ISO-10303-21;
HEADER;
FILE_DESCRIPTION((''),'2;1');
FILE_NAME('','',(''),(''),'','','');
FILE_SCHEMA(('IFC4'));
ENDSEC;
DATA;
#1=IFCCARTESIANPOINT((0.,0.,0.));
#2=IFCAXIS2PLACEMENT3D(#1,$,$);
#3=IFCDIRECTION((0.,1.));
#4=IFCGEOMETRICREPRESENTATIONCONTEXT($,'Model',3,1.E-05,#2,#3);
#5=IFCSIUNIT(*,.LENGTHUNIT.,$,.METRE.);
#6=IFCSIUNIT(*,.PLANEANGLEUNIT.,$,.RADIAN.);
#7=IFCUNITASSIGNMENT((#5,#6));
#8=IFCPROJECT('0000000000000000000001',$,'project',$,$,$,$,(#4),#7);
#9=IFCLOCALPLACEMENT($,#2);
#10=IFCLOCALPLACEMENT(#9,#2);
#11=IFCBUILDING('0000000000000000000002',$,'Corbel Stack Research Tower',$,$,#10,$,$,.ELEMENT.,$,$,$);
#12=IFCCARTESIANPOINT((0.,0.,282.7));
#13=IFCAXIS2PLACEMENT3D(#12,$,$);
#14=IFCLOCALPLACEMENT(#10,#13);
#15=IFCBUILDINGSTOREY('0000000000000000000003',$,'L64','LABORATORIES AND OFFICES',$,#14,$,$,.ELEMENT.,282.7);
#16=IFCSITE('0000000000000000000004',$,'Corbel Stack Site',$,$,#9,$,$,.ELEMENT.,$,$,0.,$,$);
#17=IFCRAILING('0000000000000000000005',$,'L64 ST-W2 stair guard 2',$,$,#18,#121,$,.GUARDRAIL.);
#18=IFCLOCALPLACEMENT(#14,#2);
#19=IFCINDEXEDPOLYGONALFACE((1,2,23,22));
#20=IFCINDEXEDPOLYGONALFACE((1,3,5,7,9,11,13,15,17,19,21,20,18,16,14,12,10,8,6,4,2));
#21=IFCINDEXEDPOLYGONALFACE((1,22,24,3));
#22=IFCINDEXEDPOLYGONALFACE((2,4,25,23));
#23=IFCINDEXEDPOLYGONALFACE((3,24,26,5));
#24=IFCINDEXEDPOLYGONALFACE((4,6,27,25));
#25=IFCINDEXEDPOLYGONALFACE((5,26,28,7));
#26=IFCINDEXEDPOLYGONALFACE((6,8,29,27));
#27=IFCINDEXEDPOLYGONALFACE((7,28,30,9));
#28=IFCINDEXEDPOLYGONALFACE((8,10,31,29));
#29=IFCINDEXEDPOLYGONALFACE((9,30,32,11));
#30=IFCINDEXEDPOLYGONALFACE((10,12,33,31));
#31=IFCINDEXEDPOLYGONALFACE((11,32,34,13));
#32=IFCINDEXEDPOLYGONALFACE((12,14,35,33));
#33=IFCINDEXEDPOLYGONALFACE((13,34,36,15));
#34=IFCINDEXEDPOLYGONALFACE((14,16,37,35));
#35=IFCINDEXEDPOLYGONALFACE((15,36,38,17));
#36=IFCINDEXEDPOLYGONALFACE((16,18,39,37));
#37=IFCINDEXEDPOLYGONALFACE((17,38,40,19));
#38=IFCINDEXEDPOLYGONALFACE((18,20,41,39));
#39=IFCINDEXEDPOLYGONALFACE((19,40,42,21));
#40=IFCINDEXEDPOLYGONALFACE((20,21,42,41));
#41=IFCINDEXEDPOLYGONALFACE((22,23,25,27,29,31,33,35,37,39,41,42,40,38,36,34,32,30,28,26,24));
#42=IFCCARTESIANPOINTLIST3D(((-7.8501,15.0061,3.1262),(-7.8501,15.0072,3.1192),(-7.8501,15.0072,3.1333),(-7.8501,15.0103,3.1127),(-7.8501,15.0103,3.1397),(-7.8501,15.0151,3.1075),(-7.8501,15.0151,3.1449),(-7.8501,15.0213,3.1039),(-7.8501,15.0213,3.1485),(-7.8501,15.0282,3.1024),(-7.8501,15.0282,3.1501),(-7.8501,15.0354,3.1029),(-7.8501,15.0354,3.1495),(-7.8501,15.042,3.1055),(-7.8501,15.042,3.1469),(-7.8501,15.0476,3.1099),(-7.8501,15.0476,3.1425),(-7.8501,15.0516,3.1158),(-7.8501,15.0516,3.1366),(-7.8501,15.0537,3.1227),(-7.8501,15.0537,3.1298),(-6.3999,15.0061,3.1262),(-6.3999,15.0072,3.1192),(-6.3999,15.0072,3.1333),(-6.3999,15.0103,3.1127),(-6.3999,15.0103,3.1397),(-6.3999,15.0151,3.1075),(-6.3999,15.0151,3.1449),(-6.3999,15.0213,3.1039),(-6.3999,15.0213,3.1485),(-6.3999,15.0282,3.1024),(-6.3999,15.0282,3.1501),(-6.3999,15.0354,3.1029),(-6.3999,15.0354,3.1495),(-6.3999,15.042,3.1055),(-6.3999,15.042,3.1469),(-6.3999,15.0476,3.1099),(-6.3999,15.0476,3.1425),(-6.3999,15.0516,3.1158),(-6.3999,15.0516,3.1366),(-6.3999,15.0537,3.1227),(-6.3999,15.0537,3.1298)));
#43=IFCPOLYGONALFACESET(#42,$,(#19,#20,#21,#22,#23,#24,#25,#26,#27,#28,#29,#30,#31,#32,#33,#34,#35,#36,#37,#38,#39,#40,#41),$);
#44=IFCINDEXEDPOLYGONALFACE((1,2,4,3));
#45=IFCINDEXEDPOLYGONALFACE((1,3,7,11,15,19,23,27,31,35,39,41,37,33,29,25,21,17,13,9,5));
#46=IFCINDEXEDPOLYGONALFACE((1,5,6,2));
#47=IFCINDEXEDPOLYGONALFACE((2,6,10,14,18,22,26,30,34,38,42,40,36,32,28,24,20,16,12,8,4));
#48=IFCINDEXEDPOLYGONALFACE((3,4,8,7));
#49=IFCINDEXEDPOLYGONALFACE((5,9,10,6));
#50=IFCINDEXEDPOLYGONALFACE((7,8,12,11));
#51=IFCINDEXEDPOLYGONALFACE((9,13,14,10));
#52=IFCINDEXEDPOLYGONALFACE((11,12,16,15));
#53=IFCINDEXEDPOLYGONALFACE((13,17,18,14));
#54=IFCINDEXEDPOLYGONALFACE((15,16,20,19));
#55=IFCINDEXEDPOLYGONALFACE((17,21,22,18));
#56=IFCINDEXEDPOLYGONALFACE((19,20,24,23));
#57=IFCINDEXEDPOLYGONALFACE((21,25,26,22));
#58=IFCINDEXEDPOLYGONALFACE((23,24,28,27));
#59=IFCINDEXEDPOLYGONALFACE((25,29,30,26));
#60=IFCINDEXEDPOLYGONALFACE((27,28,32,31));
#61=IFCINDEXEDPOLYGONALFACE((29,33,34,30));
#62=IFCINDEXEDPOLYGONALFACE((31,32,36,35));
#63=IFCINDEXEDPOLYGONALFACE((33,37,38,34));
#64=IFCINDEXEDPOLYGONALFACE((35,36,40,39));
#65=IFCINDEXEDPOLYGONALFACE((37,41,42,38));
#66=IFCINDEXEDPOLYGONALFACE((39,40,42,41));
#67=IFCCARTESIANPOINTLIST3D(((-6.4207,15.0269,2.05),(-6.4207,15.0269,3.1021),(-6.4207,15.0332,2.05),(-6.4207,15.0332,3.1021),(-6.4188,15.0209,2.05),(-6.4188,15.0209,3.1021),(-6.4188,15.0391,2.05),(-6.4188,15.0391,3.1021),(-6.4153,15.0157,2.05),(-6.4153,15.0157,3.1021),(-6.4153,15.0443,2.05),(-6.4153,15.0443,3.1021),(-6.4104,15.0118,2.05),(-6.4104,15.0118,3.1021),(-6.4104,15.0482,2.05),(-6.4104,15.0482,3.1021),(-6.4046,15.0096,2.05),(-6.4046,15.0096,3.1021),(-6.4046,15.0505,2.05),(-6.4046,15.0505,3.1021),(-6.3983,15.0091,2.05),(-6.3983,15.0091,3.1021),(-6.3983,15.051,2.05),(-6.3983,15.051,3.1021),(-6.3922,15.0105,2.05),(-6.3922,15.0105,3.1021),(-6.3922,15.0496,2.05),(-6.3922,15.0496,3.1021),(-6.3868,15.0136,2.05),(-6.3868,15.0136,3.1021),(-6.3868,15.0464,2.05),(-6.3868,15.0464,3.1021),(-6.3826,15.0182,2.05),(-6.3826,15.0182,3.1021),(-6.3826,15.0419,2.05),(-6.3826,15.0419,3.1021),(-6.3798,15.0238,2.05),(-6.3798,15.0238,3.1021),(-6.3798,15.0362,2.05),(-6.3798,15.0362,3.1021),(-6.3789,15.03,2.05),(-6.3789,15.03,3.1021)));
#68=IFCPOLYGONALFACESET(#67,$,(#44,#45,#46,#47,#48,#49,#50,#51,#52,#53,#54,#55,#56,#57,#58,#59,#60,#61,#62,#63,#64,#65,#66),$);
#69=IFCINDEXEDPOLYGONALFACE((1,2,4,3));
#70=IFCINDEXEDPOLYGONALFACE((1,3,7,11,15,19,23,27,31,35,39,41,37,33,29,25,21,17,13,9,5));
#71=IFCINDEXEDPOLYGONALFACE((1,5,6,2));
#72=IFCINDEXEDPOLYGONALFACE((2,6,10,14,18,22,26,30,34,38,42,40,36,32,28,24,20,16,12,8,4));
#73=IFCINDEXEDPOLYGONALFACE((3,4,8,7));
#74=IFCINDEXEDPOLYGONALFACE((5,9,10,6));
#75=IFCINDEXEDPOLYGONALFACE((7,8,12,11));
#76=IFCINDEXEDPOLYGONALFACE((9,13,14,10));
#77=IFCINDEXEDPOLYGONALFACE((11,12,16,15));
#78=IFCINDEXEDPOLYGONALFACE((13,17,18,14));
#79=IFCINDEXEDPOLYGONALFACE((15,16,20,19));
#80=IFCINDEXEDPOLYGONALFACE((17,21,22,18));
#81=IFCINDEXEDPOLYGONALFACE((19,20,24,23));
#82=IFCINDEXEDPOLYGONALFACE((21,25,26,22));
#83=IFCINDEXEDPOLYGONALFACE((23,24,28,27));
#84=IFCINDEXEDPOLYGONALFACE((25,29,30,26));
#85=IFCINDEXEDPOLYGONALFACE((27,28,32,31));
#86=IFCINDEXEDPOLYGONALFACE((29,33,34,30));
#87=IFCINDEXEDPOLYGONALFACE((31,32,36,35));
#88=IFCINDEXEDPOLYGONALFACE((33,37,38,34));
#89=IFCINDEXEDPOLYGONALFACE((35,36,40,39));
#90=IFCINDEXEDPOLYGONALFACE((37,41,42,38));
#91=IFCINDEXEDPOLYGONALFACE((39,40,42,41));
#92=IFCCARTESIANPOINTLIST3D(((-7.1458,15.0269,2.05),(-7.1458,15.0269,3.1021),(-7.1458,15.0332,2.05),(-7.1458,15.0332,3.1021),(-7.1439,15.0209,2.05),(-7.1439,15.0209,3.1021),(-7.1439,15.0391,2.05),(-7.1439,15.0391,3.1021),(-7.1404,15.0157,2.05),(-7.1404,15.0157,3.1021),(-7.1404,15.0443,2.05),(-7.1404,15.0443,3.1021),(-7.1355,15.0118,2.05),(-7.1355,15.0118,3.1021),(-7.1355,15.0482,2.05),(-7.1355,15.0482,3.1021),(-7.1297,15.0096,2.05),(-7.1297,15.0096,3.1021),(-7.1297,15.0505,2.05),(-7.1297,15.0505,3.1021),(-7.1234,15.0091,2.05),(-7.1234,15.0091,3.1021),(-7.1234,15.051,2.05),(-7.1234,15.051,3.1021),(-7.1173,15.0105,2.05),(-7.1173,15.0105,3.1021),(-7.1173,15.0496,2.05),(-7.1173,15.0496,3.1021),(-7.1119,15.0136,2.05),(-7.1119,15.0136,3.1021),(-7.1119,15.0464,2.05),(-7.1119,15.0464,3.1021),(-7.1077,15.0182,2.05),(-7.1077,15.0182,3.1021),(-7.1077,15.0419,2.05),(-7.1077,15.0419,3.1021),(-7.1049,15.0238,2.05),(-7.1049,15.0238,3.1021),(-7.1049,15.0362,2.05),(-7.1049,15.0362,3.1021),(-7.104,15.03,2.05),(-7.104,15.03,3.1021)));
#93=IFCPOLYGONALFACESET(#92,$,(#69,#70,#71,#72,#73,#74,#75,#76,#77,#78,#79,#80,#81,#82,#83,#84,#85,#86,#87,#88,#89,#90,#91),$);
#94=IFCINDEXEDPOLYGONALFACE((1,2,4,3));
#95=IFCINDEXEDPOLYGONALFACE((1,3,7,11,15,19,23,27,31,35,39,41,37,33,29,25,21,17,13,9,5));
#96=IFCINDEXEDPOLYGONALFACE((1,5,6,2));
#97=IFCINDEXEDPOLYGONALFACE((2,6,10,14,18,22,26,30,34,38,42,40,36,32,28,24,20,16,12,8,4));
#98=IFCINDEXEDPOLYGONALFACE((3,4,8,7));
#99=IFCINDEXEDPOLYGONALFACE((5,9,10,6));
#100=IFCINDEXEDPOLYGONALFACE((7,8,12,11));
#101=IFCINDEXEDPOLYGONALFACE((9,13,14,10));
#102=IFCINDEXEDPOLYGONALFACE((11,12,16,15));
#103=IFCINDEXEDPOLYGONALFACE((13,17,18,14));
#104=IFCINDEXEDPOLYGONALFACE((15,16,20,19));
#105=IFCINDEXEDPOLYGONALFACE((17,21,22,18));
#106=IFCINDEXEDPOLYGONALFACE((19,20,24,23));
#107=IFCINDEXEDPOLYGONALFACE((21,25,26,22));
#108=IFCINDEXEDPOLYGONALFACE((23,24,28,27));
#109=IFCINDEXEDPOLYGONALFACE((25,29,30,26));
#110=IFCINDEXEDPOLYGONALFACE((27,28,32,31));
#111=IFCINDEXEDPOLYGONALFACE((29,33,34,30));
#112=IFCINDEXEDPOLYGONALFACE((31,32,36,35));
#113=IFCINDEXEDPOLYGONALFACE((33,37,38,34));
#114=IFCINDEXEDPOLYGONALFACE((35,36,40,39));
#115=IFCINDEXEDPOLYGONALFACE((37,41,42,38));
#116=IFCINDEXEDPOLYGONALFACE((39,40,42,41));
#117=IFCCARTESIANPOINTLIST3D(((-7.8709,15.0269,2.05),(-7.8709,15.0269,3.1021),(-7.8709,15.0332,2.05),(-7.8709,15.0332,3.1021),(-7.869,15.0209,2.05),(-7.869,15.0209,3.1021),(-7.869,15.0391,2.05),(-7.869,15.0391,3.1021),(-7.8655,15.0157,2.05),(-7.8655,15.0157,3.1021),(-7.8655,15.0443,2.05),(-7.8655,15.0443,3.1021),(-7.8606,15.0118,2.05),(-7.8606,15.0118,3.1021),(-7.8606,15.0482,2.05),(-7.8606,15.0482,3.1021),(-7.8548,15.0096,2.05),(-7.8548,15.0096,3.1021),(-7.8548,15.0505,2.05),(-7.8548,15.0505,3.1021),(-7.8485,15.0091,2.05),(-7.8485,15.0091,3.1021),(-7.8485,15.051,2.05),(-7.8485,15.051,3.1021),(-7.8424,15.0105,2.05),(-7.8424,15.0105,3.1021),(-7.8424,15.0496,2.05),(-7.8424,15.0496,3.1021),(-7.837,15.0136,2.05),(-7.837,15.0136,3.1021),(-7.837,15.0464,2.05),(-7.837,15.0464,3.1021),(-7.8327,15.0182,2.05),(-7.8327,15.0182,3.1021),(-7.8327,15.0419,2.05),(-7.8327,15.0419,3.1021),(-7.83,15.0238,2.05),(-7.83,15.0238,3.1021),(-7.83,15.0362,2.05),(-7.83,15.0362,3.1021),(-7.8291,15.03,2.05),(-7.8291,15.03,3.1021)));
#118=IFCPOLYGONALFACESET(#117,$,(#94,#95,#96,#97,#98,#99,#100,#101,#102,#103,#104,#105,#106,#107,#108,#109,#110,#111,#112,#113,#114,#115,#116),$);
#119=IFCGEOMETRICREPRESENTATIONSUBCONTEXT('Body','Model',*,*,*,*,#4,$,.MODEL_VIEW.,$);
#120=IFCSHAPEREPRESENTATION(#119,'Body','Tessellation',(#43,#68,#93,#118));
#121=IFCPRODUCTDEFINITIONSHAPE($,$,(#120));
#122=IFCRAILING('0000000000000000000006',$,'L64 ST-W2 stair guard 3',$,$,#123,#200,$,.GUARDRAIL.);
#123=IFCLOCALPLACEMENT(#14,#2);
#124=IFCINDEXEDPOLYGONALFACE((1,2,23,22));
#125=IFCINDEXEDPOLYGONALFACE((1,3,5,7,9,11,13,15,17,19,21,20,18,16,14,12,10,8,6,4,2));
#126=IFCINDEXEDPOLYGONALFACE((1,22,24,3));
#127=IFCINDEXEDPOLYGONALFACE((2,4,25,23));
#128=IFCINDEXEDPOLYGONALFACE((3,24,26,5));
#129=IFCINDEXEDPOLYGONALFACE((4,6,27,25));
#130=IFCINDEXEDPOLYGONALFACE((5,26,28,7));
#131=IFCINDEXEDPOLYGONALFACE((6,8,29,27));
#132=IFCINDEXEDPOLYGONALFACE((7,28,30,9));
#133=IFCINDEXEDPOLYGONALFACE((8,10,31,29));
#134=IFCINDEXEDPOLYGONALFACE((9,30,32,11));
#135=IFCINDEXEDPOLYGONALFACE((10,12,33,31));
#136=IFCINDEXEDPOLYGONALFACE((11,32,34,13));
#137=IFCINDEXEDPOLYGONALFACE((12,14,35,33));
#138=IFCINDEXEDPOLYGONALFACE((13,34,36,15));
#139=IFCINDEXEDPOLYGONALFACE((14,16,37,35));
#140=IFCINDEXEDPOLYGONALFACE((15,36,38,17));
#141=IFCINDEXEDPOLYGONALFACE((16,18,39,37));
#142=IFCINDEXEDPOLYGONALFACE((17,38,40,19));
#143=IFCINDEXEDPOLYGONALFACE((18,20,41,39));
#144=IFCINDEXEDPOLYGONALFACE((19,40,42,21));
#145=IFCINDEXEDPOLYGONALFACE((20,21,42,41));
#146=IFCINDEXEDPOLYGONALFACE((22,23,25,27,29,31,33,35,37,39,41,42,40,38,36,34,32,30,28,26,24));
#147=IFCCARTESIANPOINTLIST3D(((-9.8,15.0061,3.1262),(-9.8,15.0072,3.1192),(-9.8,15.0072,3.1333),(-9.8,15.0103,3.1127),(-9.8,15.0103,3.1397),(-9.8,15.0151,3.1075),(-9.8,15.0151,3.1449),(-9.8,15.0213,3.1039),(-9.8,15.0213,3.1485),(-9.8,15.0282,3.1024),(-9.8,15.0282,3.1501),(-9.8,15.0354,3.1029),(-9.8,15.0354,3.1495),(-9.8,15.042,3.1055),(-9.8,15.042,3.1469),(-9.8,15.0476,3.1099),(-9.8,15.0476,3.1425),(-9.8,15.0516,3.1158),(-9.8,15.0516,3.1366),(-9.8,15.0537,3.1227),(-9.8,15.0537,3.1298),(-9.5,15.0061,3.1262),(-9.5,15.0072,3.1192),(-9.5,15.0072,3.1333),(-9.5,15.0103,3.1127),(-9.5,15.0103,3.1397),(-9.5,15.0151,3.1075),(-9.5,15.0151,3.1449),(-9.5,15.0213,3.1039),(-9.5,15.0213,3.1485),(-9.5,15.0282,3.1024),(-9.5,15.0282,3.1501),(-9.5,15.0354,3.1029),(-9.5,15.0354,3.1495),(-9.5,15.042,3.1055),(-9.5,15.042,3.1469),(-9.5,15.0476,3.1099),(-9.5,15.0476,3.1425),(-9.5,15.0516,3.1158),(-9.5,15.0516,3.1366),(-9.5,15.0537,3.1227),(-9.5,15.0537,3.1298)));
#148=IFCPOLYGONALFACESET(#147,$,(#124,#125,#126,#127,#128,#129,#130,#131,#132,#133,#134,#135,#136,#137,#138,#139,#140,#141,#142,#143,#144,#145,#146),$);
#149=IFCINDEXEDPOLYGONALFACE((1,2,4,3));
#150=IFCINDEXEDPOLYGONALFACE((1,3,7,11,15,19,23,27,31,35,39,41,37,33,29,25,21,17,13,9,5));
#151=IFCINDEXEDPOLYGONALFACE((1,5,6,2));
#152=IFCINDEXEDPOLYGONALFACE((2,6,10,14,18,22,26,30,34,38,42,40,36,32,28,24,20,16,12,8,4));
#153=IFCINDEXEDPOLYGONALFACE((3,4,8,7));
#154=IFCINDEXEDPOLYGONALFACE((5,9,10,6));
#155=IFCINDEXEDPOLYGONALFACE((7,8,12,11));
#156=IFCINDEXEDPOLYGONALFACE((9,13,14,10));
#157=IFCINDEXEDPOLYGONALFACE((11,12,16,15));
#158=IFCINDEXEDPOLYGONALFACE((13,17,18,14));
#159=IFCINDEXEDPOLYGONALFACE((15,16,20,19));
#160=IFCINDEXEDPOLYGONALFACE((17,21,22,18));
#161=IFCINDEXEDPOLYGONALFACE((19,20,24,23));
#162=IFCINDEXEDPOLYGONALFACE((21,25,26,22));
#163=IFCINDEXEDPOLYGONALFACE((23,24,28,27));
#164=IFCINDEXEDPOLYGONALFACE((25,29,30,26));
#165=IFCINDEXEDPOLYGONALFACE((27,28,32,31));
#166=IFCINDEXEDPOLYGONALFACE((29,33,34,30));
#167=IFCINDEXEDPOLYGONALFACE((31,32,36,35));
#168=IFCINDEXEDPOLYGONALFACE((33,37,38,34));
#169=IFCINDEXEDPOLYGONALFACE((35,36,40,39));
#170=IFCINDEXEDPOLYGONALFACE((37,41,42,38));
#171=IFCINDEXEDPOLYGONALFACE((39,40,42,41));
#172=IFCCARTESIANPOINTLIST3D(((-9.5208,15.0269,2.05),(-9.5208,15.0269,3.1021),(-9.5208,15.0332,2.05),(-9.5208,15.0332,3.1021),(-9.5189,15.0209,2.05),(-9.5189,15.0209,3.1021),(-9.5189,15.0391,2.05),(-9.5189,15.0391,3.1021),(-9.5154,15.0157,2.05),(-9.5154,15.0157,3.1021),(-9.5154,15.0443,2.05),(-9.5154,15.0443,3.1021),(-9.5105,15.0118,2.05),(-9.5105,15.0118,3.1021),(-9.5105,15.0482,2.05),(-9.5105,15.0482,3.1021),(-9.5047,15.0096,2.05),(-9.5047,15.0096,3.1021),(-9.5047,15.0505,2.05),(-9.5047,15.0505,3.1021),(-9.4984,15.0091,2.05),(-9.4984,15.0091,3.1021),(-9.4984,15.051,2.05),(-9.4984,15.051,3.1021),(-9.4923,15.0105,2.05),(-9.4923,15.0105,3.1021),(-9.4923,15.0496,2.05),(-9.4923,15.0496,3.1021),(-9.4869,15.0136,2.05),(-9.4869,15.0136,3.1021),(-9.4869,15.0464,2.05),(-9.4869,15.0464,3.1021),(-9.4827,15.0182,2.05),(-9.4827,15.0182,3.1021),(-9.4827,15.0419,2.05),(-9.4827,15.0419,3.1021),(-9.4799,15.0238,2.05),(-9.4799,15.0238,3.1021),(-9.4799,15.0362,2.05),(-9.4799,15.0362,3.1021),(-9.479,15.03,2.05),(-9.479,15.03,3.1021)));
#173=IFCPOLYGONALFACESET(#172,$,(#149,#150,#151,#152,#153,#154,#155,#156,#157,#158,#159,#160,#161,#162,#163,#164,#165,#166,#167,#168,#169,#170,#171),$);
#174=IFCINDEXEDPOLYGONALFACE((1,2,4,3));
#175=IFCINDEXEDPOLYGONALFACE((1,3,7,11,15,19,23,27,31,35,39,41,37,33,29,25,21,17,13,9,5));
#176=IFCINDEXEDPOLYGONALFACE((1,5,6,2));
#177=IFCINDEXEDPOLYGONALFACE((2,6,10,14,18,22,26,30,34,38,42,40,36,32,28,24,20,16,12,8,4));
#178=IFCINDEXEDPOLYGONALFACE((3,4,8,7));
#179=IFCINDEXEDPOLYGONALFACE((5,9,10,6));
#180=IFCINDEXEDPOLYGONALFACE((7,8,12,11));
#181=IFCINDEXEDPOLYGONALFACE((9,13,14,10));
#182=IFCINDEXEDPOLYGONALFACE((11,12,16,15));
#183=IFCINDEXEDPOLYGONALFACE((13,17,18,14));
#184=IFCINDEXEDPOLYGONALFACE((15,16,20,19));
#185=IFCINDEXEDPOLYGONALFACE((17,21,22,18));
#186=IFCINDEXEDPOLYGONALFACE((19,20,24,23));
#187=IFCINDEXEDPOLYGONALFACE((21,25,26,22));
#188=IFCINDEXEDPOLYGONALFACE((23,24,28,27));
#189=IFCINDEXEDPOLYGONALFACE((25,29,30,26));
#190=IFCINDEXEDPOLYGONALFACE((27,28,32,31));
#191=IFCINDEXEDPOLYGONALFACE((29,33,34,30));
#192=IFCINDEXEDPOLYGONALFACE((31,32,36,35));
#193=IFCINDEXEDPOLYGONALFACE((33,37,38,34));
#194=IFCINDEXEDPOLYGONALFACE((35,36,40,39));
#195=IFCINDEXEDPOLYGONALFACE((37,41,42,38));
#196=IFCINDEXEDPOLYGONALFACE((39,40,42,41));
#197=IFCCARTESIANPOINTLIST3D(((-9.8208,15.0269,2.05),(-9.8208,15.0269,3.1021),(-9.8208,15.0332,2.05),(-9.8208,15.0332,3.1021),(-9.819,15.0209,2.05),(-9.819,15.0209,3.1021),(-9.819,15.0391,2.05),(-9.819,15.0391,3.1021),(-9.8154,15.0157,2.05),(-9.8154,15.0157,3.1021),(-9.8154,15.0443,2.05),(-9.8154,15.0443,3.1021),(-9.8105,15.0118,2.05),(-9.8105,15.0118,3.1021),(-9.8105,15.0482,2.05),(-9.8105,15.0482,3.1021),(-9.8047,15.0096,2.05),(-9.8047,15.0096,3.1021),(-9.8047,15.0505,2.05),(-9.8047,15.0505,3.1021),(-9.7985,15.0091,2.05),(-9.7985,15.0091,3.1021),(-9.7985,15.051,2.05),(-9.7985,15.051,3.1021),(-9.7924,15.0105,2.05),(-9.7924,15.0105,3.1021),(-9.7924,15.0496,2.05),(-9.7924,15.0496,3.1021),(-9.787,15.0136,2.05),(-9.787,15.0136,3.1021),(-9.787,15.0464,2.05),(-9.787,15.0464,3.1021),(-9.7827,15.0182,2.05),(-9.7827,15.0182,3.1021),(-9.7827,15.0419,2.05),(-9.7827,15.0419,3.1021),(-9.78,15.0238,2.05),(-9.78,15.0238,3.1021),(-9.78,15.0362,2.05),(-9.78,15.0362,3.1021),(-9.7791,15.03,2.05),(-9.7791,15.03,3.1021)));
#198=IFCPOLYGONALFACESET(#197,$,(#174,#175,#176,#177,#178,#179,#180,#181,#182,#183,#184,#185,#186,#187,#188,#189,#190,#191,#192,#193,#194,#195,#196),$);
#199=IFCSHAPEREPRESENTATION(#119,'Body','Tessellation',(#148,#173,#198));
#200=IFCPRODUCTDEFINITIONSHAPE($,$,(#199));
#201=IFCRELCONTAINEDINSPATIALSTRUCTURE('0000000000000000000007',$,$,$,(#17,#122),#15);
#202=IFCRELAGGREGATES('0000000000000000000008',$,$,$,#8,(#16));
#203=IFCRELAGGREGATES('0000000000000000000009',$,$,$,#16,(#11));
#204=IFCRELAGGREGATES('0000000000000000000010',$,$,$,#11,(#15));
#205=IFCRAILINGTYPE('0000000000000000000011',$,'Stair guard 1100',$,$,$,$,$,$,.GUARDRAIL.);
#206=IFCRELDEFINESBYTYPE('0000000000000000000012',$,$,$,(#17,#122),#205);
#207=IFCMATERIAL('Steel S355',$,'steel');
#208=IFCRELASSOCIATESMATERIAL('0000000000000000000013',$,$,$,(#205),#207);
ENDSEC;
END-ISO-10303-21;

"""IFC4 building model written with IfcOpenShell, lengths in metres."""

from ifc_helpers import new_model, si_unit, direction, frame, origin, origin_2d, place, context, subcontext, project, spatial, circle, extrude, material, type_object, element, save


model = new_model("IFC4")

# Units and contexts
model_context = context("Model", 3, precision=1e-05, world=origin(), true_north=direction((0.0, 1.0)))
body_context = subcontext(model_context, "Body", "Model", "MODEL_VIEW")
ifc_project = project(units=[si_unit("LENGTHUNIT", "METRE"), si_unit("PLANEANGLEUNIT", "RADIAN")], contexts=[model_context])

# Site, building, storey
site_placement = place(None, origin())
site = spatial("IfcSite", under=ifc_project, at=site_placement, Name="Corbel Stack Site", CompositionType="ELEMENT", RefElevation=0.0)
building_placement = place(site_placement, origin())
building = spatial("IfcBuilding", under=site, at=building_placement, Name="Corbel Stack Research Tower", CompositionType="ELEMENT")
storey_placement = place(building_placement, frame((0.0, 0.0, 282.7)))
storey = spatial("IfcBuildingStorey", under=building, at=storey_placement, Name="L64", Description="LABORATORIES AND OFFICES", CompositionType="ELEMENT", Elevation=282.7)

# Railings
ifc_material_1 = material(Name="Steel S355", Category="steel")
railing_type = type_object("IfcRailingType", Name="Stair guard 1100", PredefinedType="GUARDRAIL", material=ifc_material_1)
railing_1_placement = place(storey_placement, frame((-6.3999, 15.03, 2.05)))
element("IfcRailing", 1, at=railing_1_placement, inside=storey, type_object=railing_type, Name="L64 ST-W2 stair guard 2", PredefinedType="GUARDRAIL", context=body_context, shape_type="SweptSolid", body=[
    extrude(circle(Radius=0.0239, at=origin_2d()), frame((0.0, 0.0, 1.0762), z_axis=(-1.0, 0.0, 0.0), x_axis=(0.0, -1.0, 0.0)), (0.0, 0.0, 1.0), 1.4502),
    extrude(circle(Radius=0.021, at=origin_2d()), origin(), (0.0, 0.0, 1.0), 1.052),
    extrude(circle(Radius=0.021, at=origin_2d()), frame((-0.7251, 0.0, 0.0)), (0.0, 0.0, 1.0), 1.052),
    extrude(circle(Radius=0.021, at=origin_2d()), frame((-1.4502, 0.0, 0.0)), (0.0, 0.0, 1.0), 1.052),
])
railing_2_placement = place(storey_placement, frame((-9.5, 15.03, 2.05)))
element("IfcRailing", 2, at=railing_2_placement, inside=storey, type_object=railing_type, Name="L64 ST-W2 stair guard 3", PredefinedType="GUARDRAIL", context=body_context, shape_type="SweptSolid", body=[
    extrude(circle(Radius=0.0239, at=origin_2d()), frame((0.0, 0.0, 1.0762), z_axis=(-1.0, 0.0, 0.0), x_axis=(0.0, -1.0, 0.0)), (0.0, 0.0, 1.0), 0.3),
    extrude(circle(Radius=0.021, at=origin_2d()), origin(), (0.0, 0.0, 1.0), 1.052),
    extrude(circle(Radius=0.021, at=origin_2d()), frame((-0.3, 0.0, 0.0)), (0.0, 0.0, 1.0), 1.052),
])

save(model, "model.ifc")
